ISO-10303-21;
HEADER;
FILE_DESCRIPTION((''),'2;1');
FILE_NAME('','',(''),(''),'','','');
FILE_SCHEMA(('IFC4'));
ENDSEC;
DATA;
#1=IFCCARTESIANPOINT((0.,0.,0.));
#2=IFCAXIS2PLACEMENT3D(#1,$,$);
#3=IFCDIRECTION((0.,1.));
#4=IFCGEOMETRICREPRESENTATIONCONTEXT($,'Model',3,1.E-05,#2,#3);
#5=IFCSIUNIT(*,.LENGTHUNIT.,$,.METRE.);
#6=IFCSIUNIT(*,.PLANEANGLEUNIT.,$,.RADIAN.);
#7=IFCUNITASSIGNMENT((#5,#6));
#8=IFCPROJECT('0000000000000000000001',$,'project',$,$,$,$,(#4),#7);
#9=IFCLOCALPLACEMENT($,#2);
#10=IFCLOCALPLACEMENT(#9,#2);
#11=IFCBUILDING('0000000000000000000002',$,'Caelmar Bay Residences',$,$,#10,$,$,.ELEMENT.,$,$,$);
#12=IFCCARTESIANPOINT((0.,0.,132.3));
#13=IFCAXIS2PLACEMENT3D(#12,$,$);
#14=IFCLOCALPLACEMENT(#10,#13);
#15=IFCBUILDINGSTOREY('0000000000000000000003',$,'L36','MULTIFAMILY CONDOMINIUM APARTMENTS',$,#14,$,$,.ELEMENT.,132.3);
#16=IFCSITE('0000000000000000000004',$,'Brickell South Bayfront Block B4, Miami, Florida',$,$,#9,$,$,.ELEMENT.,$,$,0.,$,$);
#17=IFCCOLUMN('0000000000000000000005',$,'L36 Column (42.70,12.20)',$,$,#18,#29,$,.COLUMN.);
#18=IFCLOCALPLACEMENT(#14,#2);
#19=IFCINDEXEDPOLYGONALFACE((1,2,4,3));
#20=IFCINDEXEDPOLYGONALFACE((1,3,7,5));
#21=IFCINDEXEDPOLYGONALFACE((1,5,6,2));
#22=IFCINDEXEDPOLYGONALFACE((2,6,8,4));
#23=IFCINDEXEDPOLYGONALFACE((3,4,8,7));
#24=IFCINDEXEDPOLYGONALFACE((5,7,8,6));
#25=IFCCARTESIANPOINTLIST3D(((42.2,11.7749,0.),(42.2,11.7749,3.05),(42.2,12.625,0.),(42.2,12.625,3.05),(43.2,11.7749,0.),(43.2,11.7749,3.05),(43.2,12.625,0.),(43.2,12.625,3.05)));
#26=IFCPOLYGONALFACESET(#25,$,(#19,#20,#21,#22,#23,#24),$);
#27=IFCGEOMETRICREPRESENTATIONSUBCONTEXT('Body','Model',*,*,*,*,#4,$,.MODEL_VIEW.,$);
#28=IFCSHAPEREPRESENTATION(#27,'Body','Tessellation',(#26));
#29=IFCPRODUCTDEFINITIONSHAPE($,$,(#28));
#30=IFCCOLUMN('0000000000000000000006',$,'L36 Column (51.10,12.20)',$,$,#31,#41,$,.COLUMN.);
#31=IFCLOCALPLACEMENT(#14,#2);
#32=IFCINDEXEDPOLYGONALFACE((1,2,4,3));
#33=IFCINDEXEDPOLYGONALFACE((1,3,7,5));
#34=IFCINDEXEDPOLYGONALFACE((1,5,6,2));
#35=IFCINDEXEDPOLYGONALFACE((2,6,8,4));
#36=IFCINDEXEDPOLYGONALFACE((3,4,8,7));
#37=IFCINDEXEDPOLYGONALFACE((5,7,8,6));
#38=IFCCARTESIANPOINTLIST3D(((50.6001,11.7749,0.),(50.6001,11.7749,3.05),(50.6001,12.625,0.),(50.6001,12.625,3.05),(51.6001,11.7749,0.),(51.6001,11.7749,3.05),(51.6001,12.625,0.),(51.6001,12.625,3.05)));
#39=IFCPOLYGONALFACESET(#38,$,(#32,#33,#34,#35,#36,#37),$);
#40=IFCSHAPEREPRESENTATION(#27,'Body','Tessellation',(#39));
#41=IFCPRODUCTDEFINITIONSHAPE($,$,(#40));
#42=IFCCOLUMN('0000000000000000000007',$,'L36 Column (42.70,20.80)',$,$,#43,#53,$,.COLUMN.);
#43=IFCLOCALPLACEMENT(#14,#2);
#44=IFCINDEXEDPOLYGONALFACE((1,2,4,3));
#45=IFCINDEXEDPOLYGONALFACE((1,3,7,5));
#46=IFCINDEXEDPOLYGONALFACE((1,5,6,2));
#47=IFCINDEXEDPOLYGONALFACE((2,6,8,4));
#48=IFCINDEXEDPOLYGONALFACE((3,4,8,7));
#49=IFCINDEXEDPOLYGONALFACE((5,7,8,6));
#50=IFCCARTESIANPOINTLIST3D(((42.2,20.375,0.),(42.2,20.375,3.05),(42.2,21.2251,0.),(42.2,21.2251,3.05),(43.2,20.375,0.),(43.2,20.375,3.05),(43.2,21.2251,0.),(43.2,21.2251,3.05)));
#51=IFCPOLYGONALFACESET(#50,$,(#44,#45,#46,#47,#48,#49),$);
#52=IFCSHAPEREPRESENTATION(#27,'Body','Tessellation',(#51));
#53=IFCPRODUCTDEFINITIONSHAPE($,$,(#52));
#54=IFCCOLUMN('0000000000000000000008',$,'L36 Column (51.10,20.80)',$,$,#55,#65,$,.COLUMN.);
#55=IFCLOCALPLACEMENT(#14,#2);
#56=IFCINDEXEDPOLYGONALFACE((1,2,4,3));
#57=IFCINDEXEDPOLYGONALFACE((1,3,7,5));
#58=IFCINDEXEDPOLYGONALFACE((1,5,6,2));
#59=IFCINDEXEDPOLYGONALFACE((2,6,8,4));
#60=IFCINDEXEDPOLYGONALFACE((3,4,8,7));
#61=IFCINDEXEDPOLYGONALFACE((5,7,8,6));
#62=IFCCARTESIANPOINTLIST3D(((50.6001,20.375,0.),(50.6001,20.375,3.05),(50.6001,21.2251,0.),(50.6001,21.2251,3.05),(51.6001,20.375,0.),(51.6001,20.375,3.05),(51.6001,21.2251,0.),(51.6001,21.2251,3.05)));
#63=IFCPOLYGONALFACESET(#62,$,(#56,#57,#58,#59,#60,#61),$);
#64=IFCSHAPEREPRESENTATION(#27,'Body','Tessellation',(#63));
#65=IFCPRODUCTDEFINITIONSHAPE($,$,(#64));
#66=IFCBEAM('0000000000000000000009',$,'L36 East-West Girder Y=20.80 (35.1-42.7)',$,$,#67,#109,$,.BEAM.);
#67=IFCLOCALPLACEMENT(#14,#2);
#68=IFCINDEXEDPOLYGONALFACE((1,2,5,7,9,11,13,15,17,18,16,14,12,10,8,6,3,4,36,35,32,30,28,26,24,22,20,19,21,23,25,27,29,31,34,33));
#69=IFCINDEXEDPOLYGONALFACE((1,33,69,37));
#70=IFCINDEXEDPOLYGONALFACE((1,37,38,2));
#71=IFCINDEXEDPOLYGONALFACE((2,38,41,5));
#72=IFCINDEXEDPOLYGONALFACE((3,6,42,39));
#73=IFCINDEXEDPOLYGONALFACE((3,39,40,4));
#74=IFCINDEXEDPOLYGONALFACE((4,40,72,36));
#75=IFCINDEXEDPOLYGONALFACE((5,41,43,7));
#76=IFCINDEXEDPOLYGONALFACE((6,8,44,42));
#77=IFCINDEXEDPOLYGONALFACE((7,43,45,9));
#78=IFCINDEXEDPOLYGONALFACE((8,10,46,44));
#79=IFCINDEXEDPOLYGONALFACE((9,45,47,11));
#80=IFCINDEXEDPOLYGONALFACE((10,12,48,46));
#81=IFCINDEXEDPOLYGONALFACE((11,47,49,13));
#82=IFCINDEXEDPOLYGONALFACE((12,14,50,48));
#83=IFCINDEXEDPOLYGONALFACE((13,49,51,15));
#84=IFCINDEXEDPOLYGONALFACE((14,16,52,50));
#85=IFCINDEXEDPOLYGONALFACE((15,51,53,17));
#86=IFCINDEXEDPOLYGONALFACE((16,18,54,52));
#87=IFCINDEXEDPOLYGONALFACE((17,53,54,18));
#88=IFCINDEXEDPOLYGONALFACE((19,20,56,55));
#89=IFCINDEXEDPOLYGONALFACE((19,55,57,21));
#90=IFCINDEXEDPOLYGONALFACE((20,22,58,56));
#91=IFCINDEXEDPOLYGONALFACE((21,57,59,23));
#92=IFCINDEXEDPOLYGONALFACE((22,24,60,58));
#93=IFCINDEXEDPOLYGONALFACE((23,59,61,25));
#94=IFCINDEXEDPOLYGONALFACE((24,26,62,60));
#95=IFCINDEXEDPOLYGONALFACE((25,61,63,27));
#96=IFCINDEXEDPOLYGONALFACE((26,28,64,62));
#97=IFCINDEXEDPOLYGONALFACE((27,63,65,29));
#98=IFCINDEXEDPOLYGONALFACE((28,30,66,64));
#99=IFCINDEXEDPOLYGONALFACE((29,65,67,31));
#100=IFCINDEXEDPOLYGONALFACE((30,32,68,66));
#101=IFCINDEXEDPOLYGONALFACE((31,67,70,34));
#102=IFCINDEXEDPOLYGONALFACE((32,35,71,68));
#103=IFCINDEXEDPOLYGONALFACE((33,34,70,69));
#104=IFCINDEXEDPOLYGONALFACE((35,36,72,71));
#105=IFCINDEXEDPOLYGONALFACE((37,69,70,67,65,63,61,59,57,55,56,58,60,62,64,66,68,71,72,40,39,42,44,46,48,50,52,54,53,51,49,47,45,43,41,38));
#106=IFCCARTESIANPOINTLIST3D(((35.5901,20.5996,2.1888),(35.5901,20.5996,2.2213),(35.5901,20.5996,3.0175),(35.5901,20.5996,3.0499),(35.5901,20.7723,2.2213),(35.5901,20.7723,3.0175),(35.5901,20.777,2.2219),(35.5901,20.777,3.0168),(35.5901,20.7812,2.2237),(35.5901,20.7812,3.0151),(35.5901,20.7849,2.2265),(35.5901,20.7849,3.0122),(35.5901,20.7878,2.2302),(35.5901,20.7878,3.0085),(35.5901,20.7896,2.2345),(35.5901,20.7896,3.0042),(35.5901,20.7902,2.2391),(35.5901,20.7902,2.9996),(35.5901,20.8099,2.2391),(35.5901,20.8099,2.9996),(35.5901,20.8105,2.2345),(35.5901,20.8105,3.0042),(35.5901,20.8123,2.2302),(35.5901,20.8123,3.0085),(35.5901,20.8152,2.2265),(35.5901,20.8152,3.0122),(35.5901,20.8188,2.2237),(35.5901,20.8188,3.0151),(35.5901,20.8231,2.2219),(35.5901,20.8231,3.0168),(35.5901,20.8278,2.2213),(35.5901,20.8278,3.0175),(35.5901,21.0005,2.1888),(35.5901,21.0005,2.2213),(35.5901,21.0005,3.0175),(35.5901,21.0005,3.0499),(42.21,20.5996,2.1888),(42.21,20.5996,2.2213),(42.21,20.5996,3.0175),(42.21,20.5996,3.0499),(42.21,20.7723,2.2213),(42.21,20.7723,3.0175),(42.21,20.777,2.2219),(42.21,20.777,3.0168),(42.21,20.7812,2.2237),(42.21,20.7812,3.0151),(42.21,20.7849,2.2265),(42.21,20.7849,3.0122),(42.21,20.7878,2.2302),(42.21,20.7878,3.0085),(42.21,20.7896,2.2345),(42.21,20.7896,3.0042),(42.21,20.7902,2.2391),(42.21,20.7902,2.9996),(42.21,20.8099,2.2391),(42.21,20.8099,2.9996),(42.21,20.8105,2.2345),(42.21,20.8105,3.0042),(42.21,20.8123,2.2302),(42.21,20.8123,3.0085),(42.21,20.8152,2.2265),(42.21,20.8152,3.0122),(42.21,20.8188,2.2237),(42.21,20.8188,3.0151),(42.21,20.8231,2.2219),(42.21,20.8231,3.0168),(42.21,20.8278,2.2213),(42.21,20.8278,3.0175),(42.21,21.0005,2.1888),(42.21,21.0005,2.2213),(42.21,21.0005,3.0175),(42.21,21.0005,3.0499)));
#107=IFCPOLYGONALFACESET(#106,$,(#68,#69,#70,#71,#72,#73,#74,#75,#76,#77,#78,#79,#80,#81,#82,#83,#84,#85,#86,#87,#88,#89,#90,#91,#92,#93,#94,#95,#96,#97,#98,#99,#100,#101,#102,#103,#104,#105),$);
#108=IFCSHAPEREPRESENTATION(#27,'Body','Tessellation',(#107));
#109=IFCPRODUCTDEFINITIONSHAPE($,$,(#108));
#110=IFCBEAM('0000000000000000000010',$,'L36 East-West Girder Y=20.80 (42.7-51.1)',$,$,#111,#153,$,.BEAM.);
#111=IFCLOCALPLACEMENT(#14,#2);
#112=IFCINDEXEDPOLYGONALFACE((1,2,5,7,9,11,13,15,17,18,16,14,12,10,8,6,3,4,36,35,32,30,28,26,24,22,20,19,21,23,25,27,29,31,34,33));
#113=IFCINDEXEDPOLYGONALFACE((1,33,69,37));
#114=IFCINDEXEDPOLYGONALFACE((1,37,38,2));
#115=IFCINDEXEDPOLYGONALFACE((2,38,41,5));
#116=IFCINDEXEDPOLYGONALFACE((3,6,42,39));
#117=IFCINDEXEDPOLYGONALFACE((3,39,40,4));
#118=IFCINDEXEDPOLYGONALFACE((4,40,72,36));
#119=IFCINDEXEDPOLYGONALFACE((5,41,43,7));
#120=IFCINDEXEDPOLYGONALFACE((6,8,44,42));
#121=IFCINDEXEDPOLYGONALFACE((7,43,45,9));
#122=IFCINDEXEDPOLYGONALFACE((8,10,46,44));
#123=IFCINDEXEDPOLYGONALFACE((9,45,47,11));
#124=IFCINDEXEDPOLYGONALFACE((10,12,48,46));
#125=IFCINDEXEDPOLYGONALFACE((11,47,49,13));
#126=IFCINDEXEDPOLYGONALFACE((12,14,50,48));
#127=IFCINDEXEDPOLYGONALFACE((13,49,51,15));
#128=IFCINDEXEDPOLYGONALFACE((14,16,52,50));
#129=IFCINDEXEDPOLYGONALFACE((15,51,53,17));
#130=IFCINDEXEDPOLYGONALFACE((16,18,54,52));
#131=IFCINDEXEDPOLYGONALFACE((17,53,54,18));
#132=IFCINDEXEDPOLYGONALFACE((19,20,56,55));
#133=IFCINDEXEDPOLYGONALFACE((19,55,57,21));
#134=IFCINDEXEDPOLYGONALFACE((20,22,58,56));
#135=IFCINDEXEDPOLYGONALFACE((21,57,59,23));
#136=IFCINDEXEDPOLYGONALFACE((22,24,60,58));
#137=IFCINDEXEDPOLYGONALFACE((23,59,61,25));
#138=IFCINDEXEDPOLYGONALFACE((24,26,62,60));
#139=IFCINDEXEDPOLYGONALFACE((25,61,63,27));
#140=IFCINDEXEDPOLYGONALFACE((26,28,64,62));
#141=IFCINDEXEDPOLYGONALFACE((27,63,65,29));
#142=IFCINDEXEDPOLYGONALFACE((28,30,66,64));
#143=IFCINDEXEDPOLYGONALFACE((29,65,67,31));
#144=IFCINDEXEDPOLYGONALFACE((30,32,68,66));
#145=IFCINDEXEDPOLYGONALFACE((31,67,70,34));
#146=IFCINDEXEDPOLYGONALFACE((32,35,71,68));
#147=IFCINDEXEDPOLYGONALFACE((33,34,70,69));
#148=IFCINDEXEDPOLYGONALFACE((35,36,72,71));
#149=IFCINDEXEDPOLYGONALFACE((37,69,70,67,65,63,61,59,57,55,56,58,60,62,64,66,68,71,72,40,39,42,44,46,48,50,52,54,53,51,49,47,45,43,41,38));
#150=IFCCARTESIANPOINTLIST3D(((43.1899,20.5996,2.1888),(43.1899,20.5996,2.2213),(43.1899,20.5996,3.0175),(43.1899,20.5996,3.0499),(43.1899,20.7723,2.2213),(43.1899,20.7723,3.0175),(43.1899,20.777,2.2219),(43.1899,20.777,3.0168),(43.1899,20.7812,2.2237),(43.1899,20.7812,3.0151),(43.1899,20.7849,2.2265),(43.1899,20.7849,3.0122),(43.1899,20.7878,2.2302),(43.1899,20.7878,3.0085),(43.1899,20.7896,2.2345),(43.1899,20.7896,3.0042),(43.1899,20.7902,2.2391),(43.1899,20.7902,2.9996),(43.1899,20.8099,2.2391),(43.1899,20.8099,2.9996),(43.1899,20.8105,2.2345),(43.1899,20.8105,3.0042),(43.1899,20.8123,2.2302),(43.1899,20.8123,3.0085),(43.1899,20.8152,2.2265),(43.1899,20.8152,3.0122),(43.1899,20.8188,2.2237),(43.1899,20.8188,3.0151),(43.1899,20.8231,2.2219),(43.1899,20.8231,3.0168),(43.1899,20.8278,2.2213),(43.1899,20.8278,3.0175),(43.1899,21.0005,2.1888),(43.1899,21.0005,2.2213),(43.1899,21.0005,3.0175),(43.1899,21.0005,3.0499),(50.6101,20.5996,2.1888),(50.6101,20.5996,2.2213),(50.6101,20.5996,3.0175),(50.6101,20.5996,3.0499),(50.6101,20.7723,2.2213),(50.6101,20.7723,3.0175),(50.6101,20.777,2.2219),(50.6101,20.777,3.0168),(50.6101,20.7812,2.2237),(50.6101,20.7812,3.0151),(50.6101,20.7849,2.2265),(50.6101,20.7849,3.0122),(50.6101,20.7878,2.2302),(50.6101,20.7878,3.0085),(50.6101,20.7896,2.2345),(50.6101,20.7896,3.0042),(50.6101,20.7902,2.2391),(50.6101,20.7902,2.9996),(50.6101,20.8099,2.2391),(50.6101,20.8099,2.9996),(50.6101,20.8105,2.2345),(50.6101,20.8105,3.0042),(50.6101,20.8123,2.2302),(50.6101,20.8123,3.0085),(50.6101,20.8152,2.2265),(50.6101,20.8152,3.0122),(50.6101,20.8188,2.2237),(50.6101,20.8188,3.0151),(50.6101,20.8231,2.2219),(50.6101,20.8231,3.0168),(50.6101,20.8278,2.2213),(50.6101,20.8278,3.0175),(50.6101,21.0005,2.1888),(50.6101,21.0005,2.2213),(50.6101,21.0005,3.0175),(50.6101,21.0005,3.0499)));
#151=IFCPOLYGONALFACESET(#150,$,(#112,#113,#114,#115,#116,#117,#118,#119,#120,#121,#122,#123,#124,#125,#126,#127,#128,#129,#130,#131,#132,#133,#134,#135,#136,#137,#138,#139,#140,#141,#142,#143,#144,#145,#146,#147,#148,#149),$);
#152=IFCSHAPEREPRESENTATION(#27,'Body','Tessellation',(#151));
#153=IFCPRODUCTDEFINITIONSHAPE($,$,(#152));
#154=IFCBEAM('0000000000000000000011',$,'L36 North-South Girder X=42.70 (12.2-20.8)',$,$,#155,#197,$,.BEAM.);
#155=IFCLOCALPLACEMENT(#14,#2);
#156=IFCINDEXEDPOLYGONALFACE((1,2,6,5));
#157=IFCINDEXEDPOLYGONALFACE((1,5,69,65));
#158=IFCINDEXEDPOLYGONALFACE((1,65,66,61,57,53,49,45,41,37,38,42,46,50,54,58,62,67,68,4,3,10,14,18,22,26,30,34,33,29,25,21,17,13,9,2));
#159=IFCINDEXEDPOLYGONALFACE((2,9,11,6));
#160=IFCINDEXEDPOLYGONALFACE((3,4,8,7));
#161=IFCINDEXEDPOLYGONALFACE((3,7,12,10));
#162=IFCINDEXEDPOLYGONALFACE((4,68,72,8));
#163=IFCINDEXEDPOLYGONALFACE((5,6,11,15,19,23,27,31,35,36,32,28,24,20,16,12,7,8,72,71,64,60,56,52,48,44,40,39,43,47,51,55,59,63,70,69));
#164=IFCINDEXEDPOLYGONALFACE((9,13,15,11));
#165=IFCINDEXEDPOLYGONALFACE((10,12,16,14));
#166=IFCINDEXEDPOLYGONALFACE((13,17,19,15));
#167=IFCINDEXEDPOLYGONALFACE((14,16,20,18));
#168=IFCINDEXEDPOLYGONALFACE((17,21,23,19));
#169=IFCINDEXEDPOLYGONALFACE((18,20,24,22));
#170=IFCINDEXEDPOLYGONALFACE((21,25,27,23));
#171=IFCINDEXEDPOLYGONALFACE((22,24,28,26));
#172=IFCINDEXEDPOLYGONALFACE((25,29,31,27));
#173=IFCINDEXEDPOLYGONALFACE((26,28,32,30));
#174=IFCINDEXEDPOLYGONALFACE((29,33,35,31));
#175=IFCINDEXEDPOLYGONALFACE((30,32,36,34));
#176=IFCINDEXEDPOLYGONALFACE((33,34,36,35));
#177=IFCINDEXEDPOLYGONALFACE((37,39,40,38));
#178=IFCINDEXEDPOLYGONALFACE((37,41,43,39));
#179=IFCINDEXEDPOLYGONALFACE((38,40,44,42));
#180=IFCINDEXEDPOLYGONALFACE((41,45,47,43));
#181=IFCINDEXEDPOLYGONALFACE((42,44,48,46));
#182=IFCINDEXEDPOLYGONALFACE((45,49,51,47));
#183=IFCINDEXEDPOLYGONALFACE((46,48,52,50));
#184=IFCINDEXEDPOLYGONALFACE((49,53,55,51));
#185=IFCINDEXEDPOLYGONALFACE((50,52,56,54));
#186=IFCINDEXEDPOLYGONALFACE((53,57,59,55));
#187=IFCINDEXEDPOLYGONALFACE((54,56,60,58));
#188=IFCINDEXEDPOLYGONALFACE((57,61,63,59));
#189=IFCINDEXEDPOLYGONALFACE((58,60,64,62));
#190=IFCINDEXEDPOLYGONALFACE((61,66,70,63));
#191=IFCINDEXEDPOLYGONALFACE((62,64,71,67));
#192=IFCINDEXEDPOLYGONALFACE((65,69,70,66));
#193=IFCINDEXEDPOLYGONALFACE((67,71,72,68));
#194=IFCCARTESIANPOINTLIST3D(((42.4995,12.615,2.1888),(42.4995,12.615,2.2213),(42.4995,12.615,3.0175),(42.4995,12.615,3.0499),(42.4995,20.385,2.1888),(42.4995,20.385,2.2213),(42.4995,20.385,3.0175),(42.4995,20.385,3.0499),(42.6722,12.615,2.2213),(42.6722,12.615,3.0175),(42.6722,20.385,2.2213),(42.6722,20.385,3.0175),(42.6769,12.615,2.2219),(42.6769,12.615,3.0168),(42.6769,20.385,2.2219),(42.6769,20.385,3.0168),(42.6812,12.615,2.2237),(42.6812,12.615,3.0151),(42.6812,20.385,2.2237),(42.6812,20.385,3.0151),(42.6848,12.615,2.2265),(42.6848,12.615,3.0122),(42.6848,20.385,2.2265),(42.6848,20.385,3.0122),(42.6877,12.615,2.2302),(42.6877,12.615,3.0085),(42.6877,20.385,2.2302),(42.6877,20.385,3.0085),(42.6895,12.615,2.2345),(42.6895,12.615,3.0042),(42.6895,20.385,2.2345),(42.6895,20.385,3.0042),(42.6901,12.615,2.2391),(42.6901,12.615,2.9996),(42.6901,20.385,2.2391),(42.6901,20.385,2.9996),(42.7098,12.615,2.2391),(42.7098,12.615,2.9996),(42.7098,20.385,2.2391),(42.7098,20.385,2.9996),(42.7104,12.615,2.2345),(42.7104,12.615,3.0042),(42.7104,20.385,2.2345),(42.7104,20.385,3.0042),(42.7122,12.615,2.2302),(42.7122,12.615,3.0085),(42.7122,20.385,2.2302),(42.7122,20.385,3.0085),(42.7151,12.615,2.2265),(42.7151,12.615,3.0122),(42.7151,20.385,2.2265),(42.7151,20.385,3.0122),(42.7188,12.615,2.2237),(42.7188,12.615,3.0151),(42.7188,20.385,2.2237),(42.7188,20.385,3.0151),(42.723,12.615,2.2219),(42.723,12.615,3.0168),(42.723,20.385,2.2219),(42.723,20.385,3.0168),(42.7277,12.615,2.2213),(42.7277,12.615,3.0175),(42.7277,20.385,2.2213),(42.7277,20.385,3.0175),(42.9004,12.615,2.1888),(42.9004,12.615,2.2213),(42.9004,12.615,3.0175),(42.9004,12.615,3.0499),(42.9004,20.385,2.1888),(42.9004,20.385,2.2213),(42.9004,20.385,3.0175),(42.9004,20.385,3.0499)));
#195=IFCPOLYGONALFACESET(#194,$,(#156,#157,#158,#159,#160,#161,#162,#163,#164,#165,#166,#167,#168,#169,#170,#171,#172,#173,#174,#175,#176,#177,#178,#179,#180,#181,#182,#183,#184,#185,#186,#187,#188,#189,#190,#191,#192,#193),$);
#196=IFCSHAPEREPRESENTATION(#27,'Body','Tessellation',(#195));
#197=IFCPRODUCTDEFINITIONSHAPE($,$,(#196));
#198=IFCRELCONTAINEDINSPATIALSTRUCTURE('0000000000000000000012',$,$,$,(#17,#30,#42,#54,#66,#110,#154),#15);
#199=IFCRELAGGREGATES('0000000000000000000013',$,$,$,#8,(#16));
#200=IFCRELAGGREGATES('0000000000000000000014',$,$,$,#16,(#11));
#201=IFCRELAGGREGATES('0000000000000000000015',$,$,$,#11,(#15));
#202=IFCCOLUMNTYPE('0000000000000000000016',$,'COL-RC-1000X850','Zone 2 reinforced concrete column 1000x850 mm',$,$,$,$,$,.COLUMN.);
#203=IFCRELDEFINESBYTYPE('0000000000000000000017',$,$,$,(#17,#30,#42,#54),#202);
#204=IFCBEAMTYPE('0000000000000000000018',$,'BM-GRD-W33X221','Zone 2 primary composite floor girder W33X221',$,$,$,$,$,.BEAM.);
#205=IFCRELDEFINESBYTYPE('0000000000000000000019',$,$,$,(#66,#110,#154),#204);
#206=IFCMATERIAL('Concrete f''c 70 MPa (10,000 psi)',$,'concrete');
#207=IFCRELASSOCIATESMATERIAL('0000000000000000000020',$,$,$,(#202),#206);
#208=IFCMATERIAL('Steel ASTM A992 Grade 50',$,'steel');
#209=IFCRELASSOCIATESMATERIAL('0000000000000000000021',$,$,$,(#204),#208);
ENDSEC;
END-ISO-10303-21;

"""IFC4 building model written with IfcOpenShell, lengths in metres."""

from ifc_helpers import new_model, si_unit, direction, frame, origin, origin_2d, place, context, subcontext, project, spatial, rectangle, i_section, extrude, material, material_profile, profile_set, type_object, element, save


model = new_model("IFC4")

# Units and contexts
model_context = context("Model", 3, precision=1e-05, world=origin(), true_north=direction((0.0, 1.0)))
body_context = subcontext(model_context, "Body", "Model", "MODEL_VIEW")
ifc_project = project(units=[si_unit("LENGTHUNIT", "METRE"), si_unit("PLANEANGLEUNIT", "RADIAN")], contexts=[model_context])

# Site, building, storey
site_placement = place(None, origin())
site = spatial("IfcSite", under=ifc_project, at=site_placement, Name="Brickell South Bayfront Block B4, Miami, Florida", CompositionType="ELEMENT", RefElevation=0.0)
building_placement = place(site_placement, origin())
building = spatial("IfcBuilding", under=site, at=building_placement, Name="Caelmar Bay Residences", CompositionType="ELEMENT")
storey_placement = place(building_placement, frame((0.0, 0.0, 132.3)))
storey = spatial("IfcBuildingStorey", under=building, at=storey_placement, Name="L36", Description="MULTIFAMILY CONDOMINIUM APARTMENTS", CompositionType="ELEMENT", Elevation=132.3)

# Columns
ifc_material_1 = material(Name="Concrete f'c 70 MPa (10,000 psi)", Category="concrete")
ifc_material_profile_1 = material_profile(ifc_material_1, rectangle(XDim=1.0, YDim=0.8501, at=origin_2d()), Name="RC-COL-1000X850")
ifc_profile_set_1 = profile_set([ifc_material_profile_1], Name="Concrete f'c 70 MPa (10,000 psi)")
column_type = type_object("IfcColumnType", Name="COL-RC-1000X850", Description="Zone 2 reinforced concrete column 1000x850 mm", PredefinedType="COLUMN", material=ifc_profile_set_1)
for number, where, z_axis, x_axis, name in (
    (1, (42.7, 12.2, 0.0), (0.0, 0.0, 1.0), (1.0, 0.0, 0.0), "L36 Column (42.70,12.20)"),
    (2, (51.1001, 12.2, 0.0), (0.0, 0.0, 1.0), (1.0, 0.0, 0.0), "L36 Column (51.10,12.20)"),
    (3, (42.7, 20.8, 0.0), (0.0, 0.0, 1.0), (1.0, 0.0, 0.0), "L36 Column (42.70,20.80)"),
    (4, (51.1001, 20.8, 0.0), (0.0, 0.0, 1.0), (1.0, 0.0, 0.0), "L36 Column (51.10,20.80)"),
):
    element("IfcColumn", number, at=place(storey_placement, frame(where, z_axis=z_axis, x_axis=x_axis)), inside=storey, type_object=column_type, Name=name, PredefinedType="COLUMN", context=body_context, shape_type="SweptSolid", body=[
        extrude(rectangle(XDim=1.0, YDim=0.8501, at=origin_2d()), origin(), (0.0, 0.0, 1.0), 3.05),
    ])

# Beams
ifc_material_2 = material(Name="Steel ASTM A992 Grade 50", Category="steel")
ifc_material_profile_2 = material_profile(ifc_material_2, i_section(OverallWidth=0.4009, OverallDepth=0.8611, WebThickness=0.0198, FlangeThickness=0.0325, FilletRadius=0.0178, at=origin_2d()), Name="W33X221")
ifc_profile_set_2 = profile_set([ifc_material_profile_2], Name="Steel ASTM A992 Grade 50")
beam_type_1 = type_object("IfcBeamType", Name="BM-GRD-W33X221", Description="Zone 2 primary composite floor girder W33X221", PredefinedType="BEAM", material=ifc_profile_set_2)
beam_1_placement = place(storey_placement, frame((35.5901, 20.8, 2.6194), z_axis=(1.0, 0.0, 0.0), x_axis=(0.0, 1.0, 0.0)))
element("IfcBeam", 5, at=beam_1_placement, inside=storey, type_object=beam_type_1, Name="L36 East-West Girder Y=20.80 (35.1-42.7)", PredefinedType="BEAM", context=body_context, shape_type="SweptSolid", body=[
    extrude(i_section(OverallWidth=0.4009, OverallDepth=0.8611, WebThickness=0.0198, FlangeThickness=0.0325, FilletRadius=0.0178, at=origin_2d()), origin(), (0.0, 0.0, 1.0), 6.6199),
])
beam_2_placement = place(storey_placement, frame((43.1899, 20.8, 2.6194), z_axis=(1.0, 0.0, 0.0), x_axis=(0.0, 1.0, 0.0)))
element("IfcBeam", 6, at=beam_2_placement, inside=storey, type_object=beam_type_1, Name="L36 East-West Girder Y=20.80 (42.7-51.1)", PredefinedType="BEAM", context=body_context, shape_type="SweptSolid", body=[
    extrude(i_section(OverallWidth=0.4009, OverallDepth=0.8611, WebThickness=0.0198, FlangeThickness=0.0325, FilletRadius=0.0178, at=origin_2d()), origin(), (0.0, 0.0, 1.0), 7.4202),
])
for number, where, z_axis, x_axis, name in (
    (7, (42.7, 12.615, 2.6194), (0.0, 1.0, 0.0), (-1.0, 0.0, 0.0), "L36 North-South Girder X=42.70 (12.2-20.8)"),
):
    element("IfcBeam", number, at=place(storey_placement, frame(where, z_axis=z_axis, x_axis=x_axis)), inside=storey, type_object=beam_type_1, Name=name, PredefinedType="BEAM", context=body_context, shape_type="SweptSolid", body=[
        extrude(i_section(OverallWidth=0.4009, OverallDepth=0.8611, WebThickness=0.0198, FlangeThickness=0.0325, FilletRadius=0.0178, at=origin_2d()), origin(), (0.0, 0.0, 1.0), 7.77),
    ])

save(model, "model.ifc")
